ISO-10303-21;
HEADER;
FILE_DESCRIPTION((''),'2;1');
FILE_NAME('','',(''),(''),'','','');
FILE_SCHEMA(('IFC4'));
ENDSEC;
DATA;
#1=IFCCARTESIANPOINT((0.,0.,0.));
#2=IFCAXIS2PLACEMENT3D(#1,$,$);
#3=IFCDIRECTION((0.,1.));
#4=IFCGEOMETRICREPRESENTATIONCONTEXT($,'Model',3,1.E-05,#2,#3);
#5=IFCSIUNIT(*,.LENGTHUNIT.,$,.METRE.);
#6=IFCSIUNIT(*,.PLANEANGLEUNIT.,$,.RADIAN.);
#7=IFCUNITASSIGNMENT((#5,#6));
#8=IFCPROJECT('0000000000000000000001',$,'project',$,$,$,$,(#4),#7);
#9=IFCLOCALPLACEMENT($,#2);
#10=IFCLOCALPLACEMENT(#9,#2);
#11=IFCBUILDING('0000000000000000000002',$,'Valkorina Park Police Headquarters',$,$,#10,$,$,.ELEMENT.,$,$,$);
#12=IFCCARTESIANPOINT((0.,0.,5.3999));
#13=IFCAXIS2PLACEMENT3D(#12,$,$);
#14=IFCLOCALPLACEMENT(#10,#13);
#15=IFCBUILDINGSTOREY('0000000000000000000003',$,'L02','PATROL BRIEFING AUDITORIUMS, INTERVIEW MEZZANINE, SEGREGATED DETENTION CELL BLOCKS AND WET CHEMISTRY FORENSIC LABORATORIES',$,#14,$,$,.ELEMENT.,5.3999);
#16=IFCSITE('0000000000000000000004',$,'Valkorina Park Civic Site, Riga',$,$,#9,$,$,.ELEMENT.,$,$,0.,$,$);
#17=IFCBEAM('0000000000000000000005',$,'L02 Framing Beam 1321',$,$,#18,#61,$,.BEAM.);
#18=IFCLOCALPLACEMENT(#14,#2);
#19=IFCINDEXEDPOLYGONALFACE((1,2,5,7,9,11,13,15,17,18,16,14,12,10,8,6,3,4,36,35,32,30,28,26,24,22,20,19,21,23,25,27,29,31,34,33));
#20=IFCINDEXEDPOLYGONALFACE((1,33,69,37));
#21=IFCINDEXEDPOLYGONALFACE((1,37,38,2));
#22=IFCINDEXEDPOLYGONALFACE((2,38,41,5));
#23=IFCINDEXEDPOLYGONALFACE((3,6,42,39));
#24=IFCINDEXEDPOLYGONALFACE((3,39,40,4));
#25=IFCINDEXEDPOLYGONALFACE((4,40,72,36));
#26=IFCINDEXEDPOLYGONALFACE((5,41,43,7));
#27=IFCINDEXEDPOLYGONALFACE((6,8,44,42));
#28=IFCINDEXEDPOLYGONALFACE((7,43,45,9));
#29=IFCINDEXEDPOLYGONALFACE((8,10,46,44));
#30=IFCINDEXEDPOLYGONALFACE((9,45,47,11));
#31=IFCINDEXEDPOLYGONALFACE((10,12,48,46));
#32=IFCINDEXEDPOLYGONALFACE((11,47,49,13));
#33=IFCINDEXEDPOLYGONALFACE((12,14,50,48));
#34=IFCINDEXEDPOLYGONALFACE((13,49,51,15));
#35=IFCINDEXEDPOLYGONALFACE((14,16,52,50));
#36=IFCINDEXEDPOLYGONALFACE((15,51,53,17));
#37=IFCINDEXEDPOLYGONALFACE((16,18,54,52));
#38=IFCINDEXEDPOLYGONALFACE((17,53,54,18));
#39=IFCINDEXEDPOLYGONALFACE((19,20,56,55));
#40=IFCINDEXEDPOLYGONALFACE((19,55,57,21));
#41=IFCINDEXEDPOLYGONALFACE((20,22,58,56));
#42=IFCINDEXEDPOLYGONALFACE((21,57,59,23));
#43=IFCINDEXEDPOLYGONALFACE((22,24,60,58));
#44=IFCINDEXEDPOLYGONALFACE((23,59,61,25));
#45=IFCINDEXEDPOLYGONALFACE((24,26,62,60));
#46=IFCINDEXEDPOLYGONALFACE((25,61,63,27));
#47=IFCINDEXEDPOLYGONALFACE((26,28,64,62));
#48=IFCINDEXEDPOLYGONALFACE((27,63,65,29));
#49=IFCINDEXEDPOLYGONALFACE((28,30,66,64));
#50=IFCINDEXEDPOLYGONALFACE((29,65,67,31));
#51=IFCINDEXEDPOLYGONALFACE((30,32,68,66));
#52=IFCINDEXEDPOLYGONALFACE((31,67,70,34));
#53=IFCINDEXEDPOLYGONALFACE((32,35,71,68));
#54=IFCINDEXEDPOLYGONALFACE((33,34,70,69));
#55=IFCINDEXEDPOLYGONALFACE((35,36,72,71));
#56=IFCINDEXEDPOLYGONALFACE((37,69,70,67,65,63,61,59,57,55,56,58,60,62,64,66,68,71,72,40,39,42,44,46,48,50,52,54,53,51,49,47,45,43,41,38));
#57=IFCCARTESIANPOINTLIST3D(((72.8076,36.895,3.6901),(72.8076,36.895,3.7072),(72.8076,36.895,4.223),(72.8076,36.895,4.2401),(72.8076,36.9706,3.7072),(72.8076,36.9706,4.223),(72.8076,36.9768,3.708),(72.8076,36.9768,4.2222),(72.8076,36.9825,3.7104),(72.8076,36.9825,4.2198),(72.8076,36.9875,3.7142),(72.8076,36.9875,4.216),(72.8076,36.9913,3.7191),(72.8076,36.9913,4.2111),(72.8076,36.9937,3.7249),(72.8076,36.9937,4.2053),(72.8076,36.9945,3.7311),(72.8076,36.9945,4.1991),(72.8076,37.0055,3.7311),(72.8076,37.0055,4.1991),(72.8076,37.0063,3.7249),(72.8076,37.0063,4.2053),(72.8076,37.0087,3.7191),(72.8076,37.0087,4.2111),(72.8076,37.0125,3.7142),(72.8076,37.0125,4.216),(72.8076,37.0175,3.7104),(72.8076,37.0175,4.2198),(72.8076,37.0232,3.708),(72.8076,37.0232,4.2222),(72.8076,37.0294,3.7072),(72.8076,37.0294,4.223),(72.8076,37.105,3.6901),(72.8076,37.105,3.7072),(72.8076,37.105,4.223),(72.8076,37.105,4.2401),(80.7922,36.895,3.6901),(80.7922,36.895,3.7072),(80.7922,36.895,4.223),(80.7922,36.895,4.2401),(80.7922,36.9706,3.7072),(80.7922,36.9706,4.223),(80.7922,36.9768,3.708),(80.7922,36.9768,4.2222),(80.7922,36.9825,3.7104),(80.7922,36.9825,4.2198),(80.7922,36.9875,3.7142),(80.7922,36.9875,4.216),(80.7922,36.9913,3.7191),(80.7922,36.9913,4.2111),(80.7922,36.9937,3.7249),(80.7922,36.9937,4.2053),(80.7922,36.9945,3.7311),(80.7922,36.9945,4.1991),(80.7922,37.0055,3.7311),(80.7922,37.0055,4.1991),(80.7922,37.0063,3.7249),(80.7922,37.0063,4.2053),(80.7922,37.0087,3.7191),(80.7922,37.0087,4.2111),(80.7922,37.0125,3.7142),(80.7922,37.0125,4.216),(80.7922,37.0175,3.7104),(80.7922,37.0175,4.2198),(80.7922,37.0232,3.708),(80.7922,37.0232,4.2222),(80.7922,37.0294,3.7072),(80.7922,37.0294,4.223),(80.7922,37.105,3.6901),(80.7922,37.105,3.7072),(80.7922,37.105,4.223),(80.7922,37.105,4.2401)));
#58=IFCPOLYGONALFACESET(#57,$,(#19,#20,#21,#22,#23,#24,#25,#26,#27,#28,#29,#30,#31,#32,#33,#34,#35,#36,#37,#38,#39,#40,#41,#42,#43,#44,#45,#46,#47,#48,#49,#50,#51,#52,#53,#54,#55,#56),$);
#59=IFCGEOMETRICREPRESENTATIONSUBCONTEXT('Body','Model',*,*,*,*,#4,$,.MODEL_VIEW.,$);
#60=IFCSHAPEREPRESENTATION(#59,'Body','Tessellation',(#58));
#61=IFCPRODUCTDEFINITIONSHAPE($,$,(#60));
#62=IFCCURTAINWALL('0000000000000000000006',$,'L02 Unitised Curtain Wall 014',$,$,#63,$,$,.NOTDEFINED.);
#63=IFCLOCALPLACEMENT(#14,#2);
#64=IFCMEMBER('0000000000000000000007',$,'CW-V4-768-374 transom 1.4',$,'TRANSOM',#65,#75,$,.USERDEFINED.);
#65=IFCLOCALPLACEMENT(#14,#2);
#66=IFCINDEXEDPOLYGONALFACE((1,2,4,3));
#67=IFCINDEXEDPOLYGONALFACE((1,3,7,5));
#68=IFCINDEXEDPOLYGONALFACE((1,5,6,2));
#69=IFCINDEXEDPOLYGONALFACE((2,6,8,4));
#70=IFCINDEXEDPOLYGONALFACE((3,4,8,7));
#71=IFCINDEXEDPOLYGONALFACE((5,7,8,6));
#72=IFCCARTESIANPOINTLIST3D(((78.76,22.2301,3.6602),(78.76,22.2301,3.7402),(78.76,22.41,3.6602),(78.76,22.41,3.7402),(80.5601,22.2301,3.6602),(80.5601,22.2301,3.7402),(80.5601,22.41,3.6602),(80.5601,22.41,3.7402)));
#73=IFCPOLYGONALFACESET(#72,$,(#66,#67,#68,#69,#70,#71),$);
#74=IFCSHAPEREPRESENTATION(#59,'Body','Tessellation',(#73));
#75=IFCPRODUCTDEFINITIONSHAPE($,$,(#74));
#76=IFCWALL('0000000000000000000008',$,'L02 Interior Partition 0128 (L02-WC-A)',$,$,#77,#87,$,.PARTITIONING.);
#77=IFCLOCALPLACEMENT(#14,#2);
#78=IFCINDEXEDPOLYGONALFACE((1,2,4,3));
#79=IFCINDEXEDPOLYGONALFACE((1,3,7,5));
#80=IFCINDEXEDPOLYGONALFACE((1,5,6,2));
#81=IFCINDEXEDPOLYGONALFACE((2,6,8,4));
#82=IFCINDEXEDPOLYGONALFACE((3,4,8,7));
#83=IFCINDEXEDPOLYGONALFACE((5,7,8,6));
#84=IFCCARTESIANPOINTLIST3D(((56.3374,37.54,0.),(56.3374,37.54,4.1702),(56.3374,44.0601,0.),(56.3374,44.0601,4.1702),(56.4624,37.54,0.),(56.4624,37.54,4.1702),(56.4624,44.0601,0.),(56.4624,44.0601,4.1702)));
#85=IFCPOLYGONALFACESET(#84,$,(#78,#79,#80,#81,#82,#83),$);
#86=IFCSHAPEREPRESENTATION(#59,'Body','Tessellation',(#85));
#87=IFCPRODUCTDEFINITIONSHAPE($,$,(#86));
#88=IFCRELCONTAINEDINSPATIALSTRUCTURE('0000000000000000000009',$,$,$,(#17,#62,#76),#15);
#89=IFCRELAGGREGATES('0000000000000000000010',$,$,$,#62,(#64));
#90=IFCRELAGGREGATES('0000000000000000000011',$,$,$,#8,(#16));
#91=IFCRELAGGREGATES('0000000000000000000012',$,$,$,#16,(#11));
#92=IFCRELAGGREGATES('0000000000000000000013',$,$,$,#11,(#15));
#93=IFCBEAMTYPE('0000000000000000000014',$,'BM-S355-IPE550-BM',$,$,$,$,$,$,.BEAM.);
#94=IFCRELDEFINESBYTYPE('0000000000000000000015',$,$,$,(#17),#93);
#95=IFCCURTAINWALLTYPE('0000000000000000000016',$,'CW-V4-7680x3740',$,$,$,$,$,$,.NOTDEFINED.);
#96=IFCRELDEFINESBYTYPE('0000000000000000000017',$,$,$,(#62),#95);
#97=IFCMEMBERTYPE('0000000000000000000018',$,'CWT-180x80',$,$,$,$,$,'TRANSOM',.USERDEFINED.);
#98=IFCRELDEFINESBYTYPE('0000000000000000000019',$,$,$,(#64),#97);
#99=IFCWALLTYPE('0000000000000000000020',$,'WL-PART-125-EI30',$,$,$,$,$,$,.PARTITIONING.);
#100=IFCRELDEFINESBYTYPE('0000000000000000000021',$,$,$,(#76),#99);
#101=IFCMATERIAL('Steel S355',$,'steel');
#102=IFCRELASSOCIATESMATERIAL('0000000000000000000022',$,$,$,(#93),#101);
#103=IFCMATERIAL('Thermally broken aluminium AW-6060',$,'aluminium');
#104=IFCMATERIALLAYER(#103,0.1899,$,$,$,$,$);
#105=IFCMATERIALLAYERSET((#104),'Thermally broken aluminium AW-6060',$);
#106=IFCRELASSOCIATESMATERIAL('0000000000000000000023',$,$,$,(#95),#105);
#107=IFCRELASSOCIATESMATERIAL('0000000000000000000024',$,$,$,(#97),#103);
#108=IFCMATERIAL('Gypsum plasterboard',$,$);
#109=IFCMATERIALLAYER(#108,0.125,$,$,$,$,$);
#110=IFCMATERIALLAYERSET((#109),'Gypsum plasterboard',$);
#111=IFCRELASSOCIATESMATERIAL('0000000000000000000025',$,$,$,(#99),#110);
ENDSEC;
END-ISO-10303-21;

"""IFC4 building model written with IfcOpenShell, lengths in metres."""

from ifc_helpers import new_model, si_unit, direction, frame, frame_2d, origin, origin_2d, place, context, subcontext, project, spatial, rectangle, i_section, extrude, material, layer, layer_set, material_profile, profile_set, type_object, element, aggregate, save


model = new_model("IFC4")

# Units and contexts
model_context = context("Model", 3, precision=1e-05, world=origin(), true_north=direction((0.0, 1.0)))
body_context = subcontext(model_context, "Body", "Model", "MODEL_VIEW")
ifc_project = project(units=[si_unit("LENGTHUNIT", "METRE"), si_unit("PLANEANGLEUNIT", "RADIAN")], contexts=[model_context])

# Site, building, storey
site_placement = place(None, origin())
site = spatial("IfcSite", under=ifc_project, at=site_placement, Name="Valkorina Park Civic Site, Riga", CompositionType="ELEMENT", RefElevation=0.0)
building_placement = place(site_placement, origin())
building = spatial("IfcBuilding", under=site, at=building_placement, Name="Valkorina Park Police Headquarters", CompositionType="ELEMENT")
storey_placement = place(building_placement, frame((0.0, 0.0, 5.3999)))
storey = spatial("IfcBuildingStorey", under=building, at=storey_placement, Name="L02", Description="PATROL BRIEFING AUDITORIUMS, INTERVIEW MEZZANINE, SEGREGATED DETENTION CELL BLOCKS AND WET CHEMISTRY FORENSIC LABORATORIES", CompositionType="ELEMENT", Elevation=5.3999)

# Shared definitions
ifc_material_1 = material(Name="Steel S355", Category="steel")

# Beam
ifc_material_profile_1 = material_profile(ifc_material_1, i_section(OverallWidth=0.21, OverallDepth=0.55, WebThickness=0.011, FlangeThickness=0.0171, FilletRadius=0.0239, at=origin_2d()), Name="IPE 550")
ifc_profile_set_1 = profile_set([ifc_material_profile_1], Name="Steel S355")
beam_type_1 = type_object("IfcBeamType", Name="BM-S355-IPE550-BM", PredefinedType="BEAM", material=ifc_profile_set_1)
for number, where, z_axis, x_axis, name in (
    (1, (72.8076, 37.0, 3.9651), (1.0, 0.0, 0.0), (0.0, 1.0, 0.0), "L02 Framing Beam 1321"),
):
    element("IfcBeam", number, at=place(storey_placement, frame(where, z_axis=z_axis, x_axis=x_axis)), inside=storey, type_object=beam_type_1, Name=name, PredefinedType="BEAM", context=body_context, shape_type="SweptSolid", body=[
        extrude(i_section(OverallWidth=0.21, OverallDepth=0.55, WebThickness=0.011, FlangeThickness=0.0171, FilletRadius=0.0239, at=origin_2d()), origin(), (0.0, 0.0, 1.0), 7.9846),
    ])

# Curtain wall, member
ifc_material_2 = material(Name="Thermally broken aluminium AW-6060", Category="aluminium")
ifc_layer_1 = layer(ifc_material_2, 0.1899)
ifc_layer_set_1 = layer_set([ifc_layer_1], Name="Thermally broken aluminium AW-6060")
curtain_wall_type = type_object("IfcCurtainWallType", Name="CW-V4-7680x3740", PredefinedType="NOTDEFINED", material=ifc_layer_set_1)
curtain_wall_placement = place(storey_placement, origin())
curtain_wall = element("IfcCurtainWall", 2, at=curtain_wall_placement, inside=storey, type_object=curtain_wall_type, Name="L02 Unitised Curtain Wall 014", PredefinedType="NOTDEFINED")
ifc_material_profile_2 = material_profile(ifc_material_2, rectangle(XDim=0.1799, YDim=0.0801, at=origin_2d()), Name="CWT-03 180x80")
ifc_profile_set_2 = profile_set([ifc_material_profile_2], Name="Thermally broken aluminium AW-6060")
member_type = type_object("IfcMemberType", Name="CWT-180x80", ElementType="TRANSOM", PredefinedType="USERDEFINED", material=ifc_profile_set_2)
member_placement = place(storey_placement, frame((80.5601, 22.3201, 3.7002), z_axis=(-1.0, 0.0, 0.0), x_axis=(0.0, -1.0, 0.0)))
member = element("IfcMember", 3, at=member_placement, type_object=member_type, Name="CW-V4-768-374 transom 1.4", ObjectType="TRANSOM", PredefinedType="USERDEFINED", context=body_context, shape_type="SweptSolid", body=[
    extrude(rectangle(XDim=0.1799, YDim=0.0801, at=origin_2d()), origin(), (0.0, 0.0, 1.0), 1.8),
])
aggregate(curtain_wall, [member])

# Wall
ifc_material_3 = material(Name="Gypsum plasterboard")
ifc_layer_2 = layer(ifc_material_3, 0.125)
ifc_layer_set_2 = layer_set([ifc_layer_2], Name="Gypsum plasterboard")
wall_type = type_object("IfcWallType", Name="WL-PART-125-EI30", PredefinedType="PARTITIONING", material=ifc_layer_set_2)
wall_placement = place(storey_placement, frame((56.3999, 37.54, 0.0), z_axis=(0.0, 0.0, 1.0), x_axis=(0.0, 1.0, 0.0)))
element("IfcWall", 4, at=wall_placement, inside=storey, type_object=wall_type, Name="L02 Interior Partition 0128 (L02-WC-A)", PredefinedType="PARTITIONING", context=body_context, shape_type="SweptSolid", body=[
    extrude(rectangle(XDim=6.52, YDim=0.125, at=frame_2d((3.26, 0.0))), origin(), (0.0, 0.0, 1.0), 4.1702),
])

save(model, "model.ifc")
